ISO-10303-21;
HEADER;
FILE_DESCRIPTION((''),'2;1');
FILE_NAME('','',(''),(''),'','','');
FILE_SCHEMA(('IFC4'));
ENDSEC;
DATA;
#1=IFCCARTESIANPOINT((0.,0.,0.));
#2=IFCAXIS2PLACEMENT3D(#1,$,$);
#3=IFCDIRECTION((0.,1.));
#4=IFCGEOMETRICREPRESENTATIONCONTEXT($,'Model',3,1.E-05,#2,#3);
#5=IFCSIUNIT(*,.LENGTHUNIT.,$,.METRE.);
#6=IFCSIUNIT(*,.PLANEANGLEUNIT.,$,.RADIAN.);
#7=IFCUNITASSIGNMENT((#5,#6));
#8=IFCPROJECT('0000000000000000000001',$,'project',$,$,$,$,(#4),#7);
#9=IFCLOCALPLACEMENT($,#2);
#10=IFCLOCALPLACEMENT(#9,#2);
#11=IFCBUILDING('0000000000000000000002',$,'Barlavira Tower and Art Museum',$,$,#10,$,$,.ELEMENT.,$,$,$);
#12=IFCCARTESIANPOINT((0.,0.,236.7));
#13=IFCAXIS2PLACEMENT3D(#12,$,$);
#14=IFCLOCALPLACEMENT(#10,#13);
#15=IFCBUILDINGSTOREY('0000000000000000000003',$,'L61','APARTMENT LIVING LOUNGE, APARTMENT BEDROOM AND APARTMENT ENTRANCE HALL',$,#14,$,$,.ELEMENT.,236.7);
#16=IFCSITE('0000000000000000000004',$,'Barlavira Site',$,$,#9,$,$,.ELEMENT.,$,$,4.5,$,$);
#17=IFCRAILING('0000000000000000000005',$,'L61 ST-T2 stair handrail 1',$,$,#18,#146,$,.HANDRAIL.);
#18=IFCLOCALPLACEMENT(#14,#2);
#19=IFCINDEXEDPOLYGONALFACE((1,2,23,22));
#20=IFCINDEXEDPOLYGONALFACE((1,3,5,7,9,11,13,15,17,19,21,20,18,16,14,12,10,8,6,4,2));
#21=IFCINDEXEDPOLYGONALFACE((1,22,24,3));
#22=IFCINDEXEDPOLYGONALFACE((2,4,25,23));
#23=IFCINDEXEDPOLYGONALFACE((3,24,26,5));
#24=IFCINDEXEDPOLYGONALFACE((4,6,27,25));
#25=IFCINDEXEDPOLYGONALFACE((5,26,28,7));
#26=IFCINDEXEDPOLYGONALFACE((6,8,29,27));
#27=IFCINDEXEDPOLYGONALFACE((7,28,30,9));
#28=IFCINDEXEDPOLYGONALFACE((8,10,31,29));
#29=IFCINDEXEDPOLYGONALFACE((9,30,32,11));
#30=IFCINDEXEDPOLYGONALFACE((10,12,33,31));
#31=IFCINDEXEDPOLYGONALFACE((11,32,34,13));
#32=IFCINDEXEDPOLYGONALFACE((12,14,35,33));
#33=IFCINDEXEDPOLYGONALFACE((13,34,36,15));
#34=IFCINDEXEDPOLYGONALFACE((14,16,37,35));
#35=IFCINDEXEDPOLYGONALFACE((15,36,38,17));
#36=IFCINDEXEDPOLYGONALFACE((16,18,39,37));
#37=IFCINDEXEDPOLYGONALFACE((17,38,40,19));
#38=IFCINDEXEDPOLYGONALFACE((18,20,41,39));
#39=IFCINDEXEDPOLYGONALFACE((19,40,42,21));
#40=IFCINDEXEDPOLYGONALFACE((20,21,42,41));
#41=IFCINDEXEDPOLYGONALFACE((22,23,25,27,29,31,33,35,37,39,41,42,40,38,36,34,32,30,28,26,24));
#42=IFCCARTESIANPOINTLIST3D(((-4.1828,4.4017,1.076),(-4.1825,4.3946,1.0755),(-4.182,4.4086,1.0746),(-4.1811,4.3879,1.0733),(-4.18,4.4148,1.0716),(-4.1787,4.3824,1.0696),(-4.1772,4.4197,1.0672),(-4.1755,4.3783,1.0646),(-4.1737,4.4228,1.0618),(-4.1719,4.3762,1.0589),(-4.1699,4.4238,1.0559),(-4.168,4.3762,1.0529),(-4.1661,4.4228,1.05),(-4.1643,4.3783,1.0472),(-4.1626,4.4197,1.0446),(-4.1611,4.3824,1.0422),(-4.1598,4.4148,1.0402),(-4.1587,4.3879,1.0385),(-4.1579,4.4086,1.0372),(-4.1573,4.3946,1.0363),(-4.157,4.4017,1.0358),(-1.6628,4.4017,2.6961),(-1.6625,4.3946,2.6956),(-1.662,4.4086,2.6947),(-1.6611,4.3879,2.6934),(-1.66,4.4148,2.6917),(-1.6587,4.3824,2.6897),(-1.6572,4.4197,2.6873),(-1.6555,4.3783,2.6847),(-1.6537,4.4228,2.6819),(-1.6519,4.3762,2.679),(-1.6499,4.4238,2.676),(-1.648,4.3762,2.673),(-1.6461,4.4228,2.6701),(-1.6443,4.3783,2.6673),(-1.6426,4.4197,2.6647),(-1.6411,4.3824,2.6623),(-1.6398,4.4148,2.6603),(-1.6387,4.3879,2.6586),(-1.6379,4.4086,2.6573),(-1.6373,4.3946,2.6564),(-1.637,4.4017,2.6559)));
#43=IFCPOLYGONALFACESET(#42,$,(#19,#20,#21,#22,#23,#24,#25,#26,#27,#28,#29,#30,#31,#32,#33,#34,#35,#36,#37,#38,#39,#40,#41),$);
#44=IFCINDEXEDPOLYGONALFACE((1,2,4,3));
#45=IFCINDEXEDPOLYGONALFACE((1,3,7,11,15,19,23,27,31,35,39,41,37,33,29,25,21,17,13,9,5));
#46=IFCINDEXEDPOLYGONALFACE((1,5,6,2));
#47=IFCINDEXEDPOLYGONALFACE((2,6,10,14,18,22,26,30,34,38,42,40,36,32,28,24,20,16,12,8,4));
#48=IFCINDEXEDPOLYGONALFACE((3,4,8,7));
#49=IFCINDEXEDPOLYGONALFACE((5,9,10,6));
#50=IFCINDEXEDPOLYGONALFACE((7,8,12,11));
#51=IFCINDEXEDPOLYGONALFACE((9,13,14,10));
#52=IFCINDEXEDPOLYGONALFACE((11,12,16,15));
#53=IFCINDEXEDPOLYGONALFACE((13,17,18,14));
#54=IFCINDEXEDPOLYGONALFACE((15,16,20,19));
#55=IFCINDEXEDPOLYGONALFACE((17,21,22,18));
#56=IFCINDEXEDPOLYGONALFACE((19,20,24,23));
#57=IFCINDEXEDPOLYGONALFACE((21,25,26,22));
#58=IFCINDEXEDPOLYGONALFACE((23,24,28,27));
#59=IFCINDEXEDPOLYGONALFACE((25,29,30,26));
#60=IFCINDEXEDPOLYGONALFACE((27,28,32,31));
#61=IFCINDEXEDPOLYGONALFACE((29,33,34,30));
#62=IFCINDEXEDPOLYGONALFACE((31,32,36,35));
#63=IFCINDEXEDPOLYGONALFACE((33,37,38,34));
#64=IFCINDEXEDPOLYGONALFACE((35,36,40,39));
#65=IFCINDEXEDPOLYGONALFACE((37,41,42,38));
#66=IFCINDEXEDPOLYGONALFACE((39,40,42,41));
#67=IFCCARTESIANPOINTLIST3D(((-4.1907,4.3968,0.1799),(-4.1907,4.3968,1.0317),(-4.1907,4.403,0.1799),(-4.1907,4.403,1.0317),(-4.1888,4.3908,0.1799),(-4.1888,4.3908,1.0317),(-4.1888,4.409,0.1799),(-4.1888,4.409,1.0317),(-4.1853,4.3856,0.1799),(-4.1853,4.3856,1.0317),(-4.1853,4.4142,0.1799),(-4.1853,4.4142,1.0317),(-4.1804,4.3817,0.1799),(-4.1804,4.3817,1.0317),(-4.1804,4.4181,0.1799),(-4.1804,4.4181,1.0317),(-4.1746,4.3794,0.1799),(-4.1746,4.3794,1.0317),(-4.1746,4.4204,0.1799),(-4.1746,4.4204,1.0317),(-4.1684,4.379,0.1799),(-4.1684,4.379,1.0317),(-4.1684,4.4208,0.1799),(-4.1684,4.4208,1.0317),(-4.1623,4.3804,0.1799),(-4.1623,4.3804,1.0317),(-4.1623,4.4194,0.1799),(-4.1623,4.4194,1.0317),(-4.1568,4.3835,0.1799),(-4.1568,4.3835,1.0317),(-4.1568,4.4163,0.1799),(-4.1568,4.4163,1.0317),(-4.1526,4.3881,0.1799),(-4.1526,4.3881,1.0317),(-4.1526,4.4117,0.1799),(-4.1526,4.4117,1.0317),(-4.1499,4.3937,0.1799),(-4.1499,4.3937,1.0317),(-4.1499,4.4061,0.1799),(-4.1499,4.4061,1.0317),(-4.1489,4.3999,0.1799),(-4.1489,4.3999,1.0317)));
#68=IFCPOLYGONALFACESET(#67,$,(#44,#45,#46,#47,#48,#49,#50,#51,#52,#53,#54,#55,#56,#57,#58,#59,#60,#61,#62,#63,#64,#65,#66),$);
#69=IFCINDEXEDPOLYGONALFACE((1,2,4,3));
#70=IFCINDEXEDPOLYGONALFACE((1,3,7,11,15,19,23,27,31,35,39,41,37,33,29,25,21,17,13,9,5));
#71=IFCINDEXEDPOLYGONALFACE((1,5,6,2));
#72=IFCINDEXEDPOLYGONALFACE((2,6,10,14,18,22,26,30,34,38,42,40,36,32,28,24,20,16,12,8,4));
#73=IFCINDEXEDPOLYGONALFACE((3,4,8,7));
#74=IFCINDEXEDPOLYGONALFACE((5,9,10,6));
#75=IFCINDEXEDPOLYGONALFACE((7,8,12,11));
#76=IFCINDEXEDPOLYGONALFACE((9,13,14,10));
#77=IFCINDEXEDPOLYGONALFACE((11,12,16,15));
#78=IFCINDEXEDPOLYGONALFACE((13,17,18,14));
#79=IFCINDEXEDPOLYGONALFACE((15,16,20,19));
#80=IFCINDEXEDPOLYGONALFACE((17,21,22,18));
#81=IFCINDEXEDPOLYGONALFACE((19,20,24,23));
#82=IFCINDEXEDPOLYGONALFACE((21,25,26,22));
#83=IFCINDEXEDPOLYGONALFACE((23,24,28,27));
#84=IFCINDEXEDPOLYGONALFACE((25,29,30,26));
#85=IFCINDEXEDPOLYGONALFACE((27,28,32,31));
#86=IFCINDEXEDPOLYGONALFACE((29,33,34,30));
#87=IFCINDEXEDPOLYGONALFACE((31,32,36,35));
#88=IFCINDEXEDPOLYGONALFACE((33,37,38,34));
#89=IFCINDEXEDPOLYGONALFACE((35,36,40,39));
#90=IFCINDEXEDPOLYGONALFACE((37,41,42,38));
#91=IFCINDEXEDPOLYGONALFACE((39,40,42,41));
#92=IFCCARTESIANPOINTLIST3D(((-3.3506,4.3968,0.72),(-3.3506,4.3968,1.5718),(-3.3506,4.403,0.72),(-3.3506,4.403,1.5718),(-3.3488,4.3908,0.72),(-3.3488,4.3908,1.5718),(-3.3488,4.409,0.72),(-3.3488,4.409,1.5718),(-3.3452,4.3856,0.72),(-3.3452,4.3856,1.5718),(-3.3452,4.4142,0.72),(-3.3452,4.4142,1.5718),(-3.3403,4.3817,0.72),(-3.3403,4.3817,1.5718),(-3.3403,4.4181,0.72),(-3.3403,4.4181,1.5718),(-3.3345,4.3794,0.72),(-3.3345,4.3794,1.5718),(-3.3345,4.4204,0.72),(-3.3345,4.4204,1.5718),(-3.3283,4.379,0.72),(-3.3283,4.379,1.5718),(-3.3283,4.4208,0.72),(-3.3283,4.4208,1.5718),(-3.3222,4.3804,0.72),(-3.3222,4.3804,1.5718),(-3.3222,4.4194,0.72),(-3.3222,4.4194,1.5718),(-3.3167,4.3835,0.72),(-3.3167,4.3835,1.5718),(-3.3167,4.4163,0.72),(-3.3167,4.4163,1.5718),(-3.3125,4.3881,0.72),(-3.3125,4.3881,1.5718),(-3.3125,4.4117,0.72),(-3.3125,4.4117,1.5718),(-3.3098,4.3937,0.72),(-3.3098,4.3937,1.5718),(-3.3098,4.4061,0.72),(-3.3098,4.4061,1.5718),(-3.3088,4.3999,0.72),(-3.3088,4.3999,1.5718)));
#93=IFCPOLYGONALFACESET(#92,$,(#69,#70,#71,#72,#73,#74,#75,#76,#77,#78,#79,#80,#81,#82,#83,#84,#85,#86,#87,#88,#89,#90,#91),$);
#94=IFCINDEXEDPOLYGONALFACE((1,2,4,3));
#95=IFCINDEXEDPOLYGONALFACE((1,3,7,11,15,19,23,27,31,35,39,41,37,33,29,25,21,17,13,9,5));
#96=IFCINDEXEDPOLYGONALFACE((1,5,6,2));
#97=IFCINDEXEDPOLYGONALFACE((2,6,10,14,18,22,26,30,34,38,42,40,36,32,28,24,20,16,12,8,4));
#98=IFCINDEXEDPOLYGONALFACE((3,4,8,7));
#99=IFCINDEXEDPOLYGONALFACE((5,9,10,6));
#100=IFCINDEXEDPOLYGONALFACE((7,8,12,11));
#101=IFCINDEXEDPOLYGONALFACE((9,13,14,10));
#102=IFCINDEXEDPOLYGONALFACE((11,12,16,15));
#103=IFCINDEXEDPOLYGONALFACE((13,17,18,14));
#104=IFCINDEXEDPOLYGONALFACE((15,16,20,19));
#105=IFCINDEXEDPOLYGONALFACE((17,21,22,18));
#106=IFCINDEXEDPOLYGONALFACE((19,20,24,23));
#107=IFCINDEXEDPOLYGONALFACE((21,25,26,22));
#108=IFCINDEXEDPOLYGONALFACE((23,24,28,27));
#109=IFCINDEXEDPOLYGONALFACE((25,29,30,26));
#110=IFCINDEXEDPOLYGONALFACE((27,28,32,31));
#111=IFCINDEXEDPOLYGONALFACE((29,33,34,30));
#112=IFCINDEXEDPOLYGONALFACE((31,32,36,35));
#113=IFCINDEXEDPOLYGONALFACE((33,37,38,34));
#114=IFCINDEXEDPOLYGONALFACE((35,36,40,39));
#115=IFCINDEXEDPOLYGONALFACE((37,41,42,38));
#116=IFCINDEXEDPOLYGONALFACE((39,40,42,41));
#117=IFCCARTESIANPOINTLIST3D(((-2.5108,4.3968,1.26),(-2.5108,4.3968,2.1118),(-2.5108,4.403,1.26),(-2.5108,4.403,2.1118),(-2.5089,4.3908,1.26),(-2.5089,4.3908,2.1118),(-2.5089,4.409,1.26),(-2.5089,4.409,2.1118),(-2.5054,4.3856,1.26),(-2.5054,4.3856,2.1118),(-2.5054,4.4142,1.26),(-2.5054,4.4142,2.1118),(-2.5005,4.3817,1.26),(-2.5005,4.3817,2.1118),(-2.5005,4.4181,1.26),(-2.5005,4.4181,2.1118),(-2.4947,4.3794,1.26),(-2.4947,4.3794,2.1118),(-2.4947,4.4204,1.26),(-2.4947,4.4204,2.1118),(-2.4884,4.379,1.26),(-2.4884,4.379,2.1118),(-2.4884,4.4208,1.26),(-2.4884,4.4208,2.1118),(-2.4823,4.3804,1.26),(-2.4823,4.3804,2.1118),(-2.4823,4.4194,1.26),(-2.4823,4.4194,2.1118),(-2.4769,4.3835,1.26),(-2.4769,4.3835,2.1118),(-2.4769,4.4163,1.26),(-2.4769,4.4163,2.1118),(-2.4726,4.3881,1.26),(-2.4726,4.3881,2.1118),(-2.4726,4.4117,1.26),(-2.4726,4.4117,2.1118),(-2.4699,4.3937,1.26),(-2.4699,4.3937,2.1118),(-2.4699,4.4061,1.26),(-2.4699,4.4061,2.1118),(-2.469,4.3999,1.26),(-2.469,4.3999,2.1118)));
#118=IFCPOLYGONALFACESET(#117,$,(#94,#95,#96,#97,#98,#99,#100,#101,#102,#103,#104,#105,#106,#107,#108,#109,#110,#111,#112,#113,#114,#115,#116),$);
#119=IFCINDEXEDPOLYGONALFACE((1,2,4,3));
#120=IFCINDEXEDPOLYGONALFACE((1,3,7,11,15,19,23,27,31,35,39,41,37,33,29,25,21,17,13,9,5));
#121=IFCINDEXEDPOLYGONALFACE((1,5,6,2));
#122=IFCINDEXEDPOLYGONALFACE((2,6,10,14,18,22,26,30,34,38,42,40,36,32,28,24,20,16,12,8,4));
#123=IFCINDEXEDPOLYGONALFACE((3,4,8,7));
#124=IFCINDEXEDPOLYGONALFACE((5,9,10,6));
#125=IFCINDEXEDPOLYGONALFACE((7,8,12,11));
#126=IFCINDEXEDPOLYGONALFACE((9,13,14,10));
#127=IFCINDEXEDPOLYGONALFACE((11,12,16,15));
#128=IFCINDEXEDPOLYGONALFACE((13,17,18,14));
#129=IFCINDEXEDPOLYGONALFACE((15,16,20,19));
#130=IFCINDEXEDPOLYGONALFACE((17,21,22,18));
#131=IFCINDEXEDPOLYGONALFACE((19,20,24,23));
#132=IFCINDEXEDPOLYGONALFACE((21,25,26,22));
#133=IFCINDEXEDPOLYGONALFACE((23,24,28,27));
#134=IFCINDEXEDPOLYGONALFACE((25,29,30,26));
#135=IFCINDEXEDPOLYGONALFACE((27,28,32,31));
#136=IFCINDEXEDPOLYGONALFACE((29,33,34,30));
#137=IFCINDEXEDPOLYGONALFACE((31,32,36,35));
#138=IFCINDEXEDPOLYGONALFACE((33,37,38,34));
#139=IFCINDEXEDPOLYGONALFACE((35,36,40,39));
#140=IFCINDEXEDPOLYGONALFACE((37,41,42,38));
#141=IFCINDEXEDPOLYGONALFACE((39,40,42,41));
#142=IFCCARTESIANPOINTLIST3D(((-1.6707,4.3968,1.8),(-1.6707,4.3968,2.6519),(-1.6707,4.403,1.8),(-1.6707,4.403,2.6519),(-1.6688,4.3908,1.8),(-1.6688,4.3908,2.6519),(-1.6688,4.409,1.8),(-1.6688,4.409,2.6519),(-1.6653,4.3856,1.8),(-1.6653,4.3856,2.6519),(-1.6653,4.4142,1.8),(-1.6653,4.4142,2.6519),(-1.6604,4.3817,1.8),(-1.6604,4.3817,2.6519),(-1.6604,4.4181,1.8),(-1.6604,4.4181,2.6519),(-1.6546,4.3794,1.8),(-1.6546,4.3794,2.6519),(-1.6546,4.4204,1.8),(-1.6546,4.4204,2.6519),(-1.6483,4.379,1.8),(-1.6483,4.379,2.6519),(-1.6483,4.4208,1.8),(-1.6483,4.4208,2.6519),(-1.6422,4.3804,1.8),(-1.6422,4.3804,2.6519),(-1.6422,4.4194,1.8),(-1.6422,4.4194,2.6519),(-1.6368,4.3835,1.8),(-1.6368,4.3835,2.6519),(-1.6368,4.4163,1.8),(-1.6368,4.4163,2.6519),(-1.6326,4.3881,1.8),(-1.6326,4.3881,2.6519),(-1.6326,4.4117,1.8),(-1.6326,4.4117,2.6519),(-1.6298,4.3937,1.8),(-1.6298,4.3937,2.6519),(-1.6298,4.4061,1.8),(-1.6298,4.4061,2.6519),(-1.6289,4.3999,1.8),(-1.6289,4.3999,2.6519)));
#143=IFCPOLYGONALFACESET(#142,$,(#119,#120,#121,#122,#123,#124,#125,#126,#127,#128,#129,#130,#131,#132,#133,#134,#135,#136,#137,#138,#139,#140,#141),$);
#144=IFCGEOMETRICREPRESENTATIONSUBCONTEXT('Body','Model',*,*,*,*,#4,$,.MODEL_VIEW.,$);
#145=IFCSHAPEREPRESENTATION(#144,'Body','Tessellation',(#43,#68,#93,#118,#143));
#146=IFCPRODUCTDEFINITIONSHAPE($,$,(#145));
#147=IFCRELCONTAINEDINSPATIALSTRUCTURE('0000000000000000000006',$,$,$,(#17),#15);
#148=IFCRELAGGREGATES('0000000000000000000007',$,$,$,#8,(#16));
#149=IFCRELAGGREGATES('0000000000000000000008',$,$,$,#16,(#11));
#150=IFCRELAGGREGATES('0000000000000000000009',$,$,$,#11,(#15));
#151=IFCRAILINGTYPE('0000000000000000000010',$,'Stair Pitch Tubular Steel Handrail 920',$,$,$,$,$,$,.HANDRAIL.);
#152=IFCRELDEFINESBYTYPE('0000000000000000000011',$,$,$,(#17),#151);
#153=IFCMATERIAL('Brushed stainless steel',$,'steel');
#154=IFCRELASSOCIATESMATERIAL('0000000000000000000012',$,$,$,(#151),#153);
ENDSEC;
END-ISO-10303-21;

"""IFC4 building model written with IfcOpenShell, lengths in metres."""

from ifc_helpers import new_model, si_unit, direction, frame, origin, origin_2d, place, context, subcontext, project, spatial, circle, extrude, material, type_object, element, save


model = new_model("IFC4")

# Units and contexts
model_context = context("Model", 3, precision=1e-05, world=origin(), true_north=direction((0.0, 1.0)))
body_context = subcontext(model_context, "Body", "Model", "MODEL_VIEW")
ifc_project = project(units=[si_unit("LENGTHUNIT", "METRE"), si_unit("PLANEANGLEUNIT", "RADIAN")], contexts=[model_context])

# Site, building, storey
site_placement = place(None, origin())
site = spatial("IfcSite", under=ifc_project, at=site_placement, Name="Barlavira Site", CompositionType="ELEMENT", RefElevation=4.5)
building_placement = place(site_placement, origin())
building = spatial("IfcBuilding", under=site, at=building_placement, Name="Barlavira Tower and Art Museum", CompositionType="ELEMENT")
storey_placement = place(building_placement, frame((0.0, 0.0, 236.7)))
storey = spatial("IfcBuildingStorey", under=building, at=storey_placement, Name="L61", Description="APARTMENT LIVING LOUNGE, APARTMENT BEDROOM AND APARTMENT ENTRANCE HALL", CompositionType="ELEMENT", Elevation=236.7)

# Shared definitions
ifc_material_1 = material(Name="Brushed stainless steel", Category="steel")

# Railing
railing_type_1 = type_object("IfcRailingType", Name="Stair Pitch Tubular Steel Handrail 920", PredefinedType="HANDRAIL", material=ifc_material_1)
railing_1_placement = place(storey_placement, frame((-4.1699, 4.3999, 0.1799)))
element("IfcRailing", 1, at=railing_1_placement, inside=storey, type_object=railing_type_1, Name="L61 ST-T2 stair handrail 1", PredefinedType="HANDRAIL", context=body_context, shape_type="SweptSolid", body=[
    extrude(circle(Radius=0.0239, at=origin_2d()), frame((0.0, 0.0, 0.876), z_axis=(0.841163, 0.0, 0.540782), x_axis=(0.0, 1.0, 0.0)), (0.0, 0.0, 1.0), 2.9958),
    extrude(circle(Radius=0.021, at=origin_2d()), origin(), (0.0, 0.0, 1.0), 0.8518),
    extrude(circle(Radius=0.021, at=origin_2d()), frame((0.8401, 0.0, 0.54)), (0.0, 0.0, 1.0), 0.8518),
    extrude(circle(Radius=0.021, at=origin_2d()), frame((1.6799, 0.0, 1.0801)), (0.0, 0.0, 1.0), 0.8518),
    extrude(circle(Radius=0.021, at=origin_2d()), frame((2.52, 0.0, 1.6201)), (0.0, 0.0, 1.0), 0.8518),
])

save(model, "model.ifc")
